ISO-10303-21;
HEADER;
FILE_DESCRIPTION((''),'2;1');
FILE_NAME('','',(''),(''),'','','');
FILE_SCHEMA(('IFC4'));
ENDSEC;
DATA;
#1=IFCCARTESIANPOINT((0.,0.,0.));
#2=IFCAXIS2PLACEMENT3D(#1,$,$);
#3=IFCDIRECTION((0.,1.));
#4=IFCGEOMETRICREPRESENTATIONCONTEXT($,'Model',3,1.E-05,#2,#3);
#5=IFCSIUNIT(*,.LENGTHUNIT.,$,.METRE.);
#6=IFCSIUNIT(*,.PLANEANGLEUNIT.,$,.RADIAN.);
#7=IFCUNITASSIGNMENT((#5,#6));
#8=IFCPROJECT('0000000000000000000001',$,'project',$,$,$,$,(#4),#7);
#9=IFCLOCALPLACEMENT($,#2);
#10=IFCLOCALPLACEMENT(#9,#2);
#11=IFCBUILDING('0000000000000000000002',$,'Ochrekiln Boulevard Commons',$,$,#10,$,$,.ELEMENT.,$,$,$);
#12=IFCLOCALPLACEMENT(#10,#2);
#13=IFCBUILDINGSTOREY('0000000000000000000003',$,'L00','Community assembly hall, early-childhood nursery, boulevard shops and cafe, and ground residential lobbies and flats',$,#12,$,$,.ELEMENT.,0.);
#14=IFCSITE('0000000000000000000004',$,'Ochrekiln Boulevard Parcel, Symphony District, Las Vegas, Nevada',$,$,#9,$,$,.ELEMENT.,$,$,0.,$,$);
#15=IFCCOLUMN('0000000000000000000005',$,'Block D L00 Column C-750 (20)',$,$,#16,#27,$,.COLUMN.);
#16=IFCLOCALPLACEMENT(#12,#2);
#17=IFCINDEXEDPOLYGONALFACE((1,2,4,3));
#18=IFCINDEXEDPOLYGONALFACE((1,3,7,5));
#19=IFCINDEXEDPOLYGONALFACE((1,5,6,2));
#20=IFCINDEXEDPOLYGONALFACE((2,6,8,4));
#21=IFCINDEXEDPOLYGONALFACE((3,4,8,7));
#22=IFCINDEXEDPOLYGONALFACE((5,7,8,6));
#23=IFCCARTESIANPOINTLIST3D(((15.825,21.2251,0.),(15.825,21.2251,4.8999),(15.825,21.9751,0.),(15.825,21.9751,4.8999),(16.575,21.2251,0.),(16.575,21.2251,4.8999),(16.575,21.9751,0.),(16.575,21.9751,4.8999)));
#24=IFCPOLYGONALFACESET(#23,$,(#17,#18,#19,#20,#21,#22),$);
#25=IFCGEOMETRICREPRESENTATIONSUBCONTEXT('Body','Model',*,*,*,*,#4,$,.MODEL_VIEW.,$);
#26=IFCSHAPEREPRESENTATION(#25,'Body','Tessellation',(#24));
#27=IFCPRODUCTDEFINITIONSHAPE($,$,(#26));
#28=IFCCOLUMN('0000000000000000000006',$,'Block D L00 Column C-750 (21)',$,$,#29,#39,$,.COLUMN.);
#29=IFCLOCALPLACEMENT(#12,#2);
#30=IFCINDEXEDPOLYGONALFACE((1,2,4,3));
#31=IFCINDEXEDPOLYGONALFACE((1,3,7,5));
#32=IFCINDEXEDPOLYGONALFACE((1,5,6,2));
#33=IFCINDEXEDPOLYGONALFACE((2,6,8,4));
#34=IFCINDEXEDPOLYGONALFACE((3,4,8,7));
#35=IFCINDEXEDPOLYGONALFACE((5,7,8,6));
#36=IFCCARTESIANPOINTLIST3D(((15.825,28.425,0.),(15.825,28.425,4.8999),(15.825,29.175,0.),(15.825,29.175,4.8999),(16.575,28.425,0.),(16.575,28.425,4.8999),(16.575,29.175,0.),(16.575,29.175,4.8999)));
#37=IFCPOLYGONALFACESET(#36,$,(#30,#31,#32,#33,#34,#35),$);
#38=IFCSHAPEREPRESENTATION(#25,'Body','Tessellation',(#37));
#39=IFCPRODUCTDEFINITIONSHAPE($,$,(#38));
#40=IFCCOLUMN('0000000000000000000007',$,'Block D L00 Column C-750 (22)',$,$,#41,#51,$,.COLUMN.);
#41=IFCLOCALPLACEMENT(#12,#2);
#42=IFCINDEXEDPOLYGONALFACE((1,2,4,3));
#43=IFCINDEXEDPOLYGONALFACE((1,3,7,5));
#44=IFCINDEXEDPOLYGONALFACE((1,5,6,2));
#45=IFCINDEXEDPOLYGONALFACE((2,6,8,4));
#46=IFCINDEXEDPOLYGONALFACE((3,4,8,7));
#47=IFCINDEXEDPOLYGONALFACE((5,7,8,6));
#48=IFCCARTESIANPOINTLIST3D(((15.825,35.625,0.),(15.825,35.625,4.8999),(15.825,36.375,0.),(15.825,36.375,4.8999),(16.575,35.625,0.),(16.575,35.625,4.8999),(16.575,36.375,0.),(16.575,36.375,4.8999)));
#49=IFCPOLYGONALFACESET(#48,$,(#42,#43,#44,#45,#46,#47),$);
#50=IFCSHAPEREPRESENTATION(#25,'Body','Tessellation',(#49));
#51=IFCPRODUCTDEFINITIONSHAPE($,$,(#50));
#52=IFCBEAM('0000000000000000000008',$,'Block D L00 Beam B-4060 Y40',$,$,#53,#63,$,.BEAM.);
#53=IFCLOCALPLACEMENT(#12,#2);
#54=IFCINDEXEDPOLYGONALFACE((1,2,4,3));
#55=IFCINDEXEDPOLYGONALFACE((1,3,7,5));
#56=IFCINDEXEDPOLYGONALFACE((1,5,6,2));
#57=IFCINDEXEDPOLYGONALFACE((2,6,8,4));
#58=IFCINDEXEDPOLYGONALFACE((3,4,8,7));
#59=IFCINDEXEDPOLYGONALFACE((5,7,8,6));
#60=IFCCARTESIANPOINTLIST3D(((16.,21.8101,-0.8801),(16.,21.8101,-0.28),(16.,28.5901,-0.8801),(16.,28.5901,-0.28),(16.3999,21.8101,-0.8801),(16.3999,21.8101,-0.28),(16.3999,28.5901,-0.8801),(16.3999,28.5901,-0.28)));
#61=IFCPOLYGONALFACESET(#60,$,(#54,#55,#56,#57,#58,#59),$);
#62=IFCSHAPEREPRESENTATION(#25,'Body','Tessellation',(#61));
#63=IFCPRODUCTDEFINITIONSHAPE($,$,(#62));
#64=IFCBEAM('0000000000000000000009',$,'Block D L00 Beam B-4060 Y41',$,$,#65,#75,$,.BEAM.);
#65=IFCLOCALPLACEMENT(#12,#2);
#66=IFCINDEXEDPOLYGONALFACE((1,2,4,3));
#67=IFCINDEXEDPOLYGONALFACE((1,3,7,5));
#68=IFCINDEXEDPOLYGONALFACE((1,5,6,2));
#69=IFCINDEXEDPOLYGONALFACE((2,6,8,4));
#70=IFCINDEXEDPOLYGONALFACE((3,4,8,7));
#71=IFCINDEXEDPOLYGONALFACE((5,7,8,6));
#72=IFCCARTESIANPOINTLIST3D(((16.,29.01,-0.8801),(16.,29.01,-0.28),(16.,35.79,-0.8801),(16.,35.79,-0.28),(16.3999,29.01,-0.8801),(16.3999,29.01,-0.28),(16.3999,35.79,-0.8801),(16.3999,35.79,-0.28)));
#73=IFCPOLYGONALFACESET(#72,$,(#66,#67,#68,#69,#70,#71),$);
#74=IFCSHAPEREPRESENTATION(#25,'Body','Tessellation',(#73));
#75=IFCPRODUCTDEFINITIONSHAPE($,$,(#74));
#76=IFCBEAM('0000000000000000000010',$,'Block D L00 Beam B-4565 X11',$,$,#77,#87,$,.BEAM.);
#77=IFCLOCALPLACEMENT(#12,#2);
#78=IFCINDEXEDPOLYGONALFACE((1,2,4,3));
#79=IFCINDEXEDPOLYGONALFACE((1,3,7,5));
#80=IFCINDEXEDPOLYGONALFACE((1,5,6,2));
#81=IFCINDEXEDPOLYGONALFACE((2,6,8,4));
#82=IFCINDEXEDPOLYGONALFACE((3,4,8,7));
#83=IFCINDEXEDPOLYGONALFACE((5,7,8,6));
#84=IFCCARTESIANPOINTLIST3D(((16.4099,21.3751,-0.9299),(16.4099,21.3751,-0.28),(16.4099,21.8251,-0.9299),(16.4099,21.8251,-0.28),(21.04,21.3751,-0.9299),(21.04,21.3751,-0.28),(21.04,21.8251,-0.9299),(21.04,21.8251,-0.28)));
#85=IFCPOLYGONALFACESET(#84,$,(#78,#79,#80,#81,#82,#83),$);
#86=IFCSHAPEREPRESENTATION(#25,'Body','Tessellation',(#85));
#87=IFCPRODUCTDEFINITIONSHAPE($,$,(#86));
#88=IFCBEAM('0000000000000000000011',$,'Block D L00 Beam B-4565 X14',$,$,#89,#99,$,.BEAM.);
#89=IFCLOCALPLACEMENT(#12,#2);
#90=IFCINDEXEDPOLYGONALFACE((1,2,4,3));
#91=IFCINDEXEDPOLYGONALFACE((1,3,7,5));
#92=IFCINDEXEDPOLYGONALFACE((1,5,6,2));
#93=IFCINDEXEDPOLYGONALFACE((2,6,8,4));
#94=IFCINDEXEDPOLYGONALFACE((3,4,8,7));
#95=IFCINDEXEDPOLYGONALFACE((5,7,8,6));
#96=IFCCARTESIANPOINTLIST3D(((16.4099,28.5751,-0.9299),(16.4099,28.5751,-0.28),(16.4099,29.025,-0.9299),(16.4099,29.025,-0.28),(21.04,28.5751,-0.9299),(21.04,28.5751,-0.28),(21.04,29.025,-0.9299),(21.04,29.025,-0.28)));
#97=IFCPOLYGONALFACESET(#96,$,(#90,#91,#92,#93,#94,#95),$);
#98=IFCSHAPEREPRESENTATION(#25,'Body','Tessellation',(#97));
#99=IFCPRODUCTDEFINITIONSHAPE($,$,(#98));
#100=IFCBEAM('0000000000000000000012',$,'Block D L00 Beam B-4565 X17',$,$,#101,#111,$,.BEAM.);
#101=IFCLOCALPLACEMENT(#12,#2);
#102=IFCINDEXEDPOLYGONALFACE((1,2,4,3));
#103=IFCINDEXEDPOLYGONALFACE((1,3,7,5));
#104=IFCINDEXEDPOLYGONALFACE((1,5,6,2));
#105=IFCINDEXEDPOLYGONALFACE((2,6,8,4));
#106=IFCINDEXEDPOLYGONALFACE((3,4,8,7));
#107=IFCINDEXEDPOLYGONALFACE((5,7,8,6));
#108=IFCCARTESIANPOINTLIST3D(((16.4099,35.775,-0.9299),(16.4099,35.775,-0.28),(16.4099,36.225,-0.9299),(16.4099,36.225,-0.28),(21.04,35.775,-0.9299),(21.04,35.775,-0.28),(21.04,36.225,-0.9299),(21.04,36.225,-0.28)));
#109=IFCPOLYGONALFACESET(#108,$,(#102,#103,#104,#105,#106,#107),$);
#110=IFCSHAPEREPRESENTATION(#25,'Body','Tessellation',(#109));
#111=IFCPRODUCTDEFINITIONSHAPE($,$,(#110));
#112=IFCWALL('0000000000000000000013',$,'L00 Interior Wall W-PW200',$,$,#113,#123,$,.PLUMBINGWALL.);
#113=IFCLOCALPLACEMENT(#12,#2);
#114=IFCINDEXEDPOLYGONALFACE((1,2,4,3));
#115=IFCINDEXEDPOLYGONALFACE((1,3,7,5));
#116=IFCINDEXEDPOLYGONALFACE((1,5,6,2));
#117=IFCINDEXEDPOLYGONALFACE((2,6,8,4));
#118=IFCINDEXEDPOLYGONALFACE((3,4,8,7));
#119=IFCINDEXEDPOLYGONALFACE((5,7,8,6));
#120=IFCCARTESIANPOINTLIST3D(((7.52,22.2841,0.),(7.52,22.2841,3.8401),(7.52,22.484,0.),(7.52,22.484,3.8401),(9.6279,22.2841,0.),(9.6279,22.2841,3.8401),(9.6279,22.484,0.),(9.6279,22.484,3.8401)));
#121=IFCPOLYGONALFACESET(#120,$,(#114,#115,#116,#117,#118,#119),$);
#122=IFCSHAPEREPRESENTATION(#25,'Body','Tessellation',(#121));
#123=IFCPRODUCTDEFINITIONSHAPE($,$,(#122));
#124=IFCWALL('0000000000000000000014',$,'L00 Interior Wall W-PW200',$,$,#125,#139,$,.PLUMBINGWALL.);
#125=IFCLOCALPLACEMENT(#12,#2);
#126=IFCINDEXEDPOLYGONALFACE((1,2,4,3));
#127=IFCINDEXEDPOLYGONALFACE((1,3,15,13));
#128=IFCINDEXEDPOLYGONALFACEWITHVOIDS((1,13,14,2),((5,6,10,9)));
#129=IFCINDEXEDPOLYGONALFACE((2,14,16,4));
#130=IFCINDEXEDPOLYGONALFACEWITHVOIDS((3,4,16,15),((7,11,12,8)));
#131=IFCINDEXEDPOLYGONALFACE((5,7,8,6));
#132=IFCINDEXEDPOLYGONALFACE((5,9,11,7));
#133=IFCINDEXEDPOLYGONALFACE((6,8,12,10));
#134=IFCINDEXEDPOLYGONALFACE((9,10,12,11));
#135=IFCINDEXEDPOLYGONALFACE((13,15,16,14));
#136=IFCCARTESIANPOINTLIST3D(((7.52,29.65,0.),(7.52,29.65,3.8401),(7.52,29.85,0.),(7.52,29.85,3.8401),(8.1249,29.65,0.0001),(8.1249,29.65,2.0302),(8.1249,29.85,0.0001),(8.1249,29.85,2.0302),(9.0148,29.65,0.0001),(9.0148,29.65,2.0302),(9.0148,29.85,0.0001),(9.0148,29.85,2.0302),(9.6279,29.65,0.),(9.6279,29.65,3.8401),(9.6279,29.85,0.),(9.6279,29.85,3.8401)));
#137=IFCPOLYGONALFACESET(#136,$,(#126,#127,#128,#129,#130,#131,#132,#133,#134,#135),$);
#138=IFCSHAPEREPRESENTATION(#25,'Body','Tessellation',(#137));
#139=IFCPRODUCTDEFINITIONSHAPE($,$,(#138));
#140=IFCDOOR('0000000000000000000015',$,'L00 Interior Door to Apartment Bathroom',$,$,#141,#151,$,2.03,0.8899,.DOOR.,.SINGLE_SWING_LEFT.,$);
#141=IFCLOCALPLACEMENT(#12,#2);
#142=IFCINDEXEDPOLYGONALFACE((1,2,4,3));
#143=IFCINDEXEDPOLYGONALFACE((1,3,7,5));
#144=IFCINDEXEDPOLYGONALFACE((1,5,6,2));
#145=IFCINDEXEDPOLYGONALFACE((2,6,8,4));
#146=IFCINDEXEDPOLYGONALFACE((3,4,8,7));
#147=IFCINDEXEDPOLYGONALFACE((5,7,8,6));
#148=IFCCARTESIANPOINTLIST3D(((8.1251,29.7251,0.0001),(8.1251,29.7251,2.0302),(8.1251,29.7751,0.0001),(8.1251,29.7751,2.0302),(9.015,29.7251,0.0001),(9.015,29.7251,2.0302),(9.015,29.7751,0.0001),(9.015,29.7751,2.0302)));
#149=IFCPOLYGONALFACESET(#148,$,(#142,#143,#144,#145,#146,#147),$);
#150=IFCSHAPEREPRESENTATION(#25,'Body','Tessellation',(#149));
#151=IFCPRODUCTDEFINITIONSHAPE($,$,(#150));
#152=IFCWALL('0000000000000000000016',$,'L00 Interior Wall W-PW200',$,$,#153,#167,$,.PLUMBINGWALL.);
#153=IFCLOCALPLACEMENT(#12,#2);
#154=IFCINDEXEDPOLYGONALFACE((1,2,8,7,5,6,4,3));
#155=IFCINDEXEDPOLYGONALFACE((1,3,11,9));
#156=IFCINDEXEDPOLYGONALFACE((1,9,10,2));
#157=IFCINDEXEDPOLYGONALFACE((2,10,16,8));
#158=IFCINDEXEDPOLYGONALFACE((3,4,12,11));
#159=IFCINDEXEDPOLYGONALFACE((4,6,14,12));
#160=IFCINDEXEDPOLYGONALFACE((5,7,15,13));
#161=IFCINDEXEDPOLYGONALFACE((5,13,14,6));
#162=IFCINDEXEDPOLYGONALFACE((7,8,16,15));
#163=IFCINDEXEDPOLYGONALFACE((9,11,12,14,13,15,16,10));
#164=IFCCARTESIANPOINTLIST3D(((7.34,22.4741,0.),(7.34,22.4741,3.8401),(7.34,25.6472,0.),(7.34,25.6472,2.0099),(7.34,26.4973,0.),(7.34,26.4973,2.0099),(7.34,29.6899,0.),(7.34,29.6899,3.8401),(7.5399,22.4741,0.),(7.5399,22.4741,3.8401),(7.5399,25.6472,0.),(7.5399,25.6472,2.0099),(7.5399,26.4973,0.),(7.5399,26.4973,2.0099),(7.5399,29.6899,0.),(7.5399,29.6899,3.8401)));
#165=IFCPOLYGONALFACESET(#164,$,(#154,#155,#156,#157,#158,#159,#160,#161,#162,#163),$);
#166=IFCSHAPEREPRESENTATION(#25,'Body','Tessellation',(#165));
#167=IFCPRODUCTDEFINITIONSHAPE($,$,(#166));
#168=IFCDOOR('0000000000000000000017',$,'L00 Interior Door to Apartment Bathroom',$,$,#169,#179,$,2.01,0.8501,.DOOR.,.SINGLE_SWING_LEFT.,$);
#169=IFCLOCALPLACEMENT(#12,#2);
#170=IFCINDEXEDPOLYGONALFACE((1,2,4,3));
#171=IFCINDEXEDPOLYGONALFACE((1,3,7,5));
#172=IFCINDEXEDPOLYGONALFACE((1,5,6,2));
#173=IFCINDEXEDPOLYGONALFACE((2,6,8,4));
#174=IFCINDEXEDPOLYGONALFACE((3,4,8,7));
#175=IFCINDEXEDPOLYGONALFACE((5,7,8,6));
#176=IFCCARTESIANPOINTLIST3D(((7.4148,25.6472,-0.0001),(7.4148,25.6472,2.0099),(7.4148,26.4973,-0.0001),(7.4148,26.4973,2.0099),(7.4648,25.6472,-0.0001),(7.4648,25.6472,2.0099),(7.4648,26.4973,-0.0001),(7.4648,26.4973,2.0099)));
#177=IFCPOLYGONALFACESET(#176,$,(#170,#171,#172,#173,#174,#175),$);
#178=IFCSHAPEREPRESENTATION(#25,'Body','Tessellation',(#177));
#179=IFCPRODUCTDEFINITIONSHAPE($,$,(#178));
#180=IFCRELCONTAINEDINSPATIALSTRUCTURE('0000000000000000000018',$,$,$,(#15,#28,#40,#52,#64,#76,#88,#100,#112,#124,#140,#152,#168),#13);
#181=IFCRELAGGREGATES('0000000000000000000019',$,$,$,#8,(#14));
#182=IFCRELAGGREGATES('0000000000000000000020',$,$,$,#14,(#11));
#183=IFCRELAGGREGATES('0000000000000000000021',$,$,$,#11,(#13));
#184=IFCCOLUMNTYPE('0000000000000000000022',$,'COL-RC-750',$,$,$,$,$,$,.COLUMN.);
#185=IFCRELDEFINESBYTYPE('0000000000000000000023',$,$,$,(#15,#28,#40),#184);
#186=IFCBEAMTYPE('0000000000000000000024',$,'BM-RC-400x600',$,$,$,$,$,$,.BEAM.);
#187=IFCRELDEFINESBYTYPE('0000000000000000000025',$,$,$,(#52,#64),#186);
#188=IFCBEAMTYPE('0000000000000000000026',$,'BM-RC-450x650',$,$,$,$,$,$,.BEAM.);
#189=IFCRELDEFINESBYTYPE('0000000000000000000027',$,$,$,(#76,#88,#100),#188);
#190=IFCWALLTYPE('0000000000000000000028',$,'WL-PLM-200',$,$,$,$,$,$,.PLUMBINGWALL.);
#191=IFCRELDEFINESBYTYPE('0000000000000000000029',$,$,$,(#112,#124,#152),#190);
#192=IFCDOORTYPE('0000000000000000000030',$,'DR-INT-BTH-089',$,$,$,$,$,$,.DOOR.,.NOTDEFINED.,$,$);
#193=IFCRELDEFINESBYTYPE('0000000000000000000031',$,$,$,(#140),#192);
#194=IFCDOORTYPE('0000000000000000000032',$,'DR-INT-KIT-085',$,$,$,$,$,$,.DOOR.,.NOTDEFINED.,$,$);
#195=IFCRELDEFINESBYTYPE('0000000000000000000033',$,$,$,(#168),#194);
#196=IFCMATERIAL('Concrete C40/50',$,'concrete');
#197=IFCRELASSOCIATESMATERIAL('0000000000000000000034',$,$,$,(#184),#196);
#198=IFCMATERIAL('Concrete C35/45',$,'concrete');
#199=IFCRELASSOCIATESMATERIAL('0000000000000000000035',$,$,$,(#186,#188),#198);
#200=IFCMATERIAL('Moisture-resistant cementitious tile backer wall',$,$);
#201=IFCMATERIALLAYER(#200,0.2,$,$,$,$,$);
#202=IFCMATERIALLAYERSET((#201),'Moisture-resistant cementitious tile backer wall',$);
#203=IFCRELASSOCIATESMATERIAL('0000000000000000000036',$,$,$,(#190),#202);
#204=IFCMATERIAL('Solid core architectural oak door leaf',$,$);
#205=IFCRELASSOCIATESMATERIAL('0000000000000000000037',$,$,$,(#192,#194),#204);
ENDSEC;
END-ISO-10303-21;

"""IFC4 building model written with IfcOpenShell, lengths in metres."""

from ifc_helpers import new_model, si_unit, direction, frame, frame_2d, origin, origin_2d, place, context, subcontext, project, spatial, rectangle, extrude, material, layer, layer_set, material_profile, profile_set, type_object, element, fill, save


model = new_model("IFC4")

# Units and contexts
model_context = context("Model", 3, precision=1e-05, world=origin(), true_north=direction((0.0, 1.0)))
body_context = subcontext(model_context, "Body", "Model", "MODEL_VIEW")
ifc_project = project(units=[si_unit("LENGTHUNIT", "METRE"), si_unit("PLANEANGLEUNIT", "RADIAN")], contexts=[model_context])

# Site, building, storey
site_placement = place(None, origin())
site = spatial("IfcSite", under=ifc_project, at=site_placement, Name="Ochrekiln Boulevard Parcel, Symphony District, Las Vegas, Nevada", CompositionType="ELEMENT", RefElevation=0.0)
building_placement = place(site_placement, origin())
building = spatial("IfcBuilding", under=site, at=building_placement, Name="Ochrekiln Boulevard Commons", CompositionType="ELEMENT")
storey_placement = place(building_placement, origin())
storey = spatial("IfcBuildingStorey", under=building, at=storey_placement, Name="L00", Description="Community assembly hall, early-childhood nursery, boulevard shops and cafe, and ground residential lobbies and flats", CompositionType="ELEMENT", Elevation=0.0)

# Columns
ifc_material_1 = material(Name="Concrete C40/50", Category="concrete")
ifc_material_profile_1 = material_profile(ifc_material_1, rectangle(XDim=0.75, YDim=0.75, at=origin_2d()), Name="RC-COL-750x750")
ifc_profile_set_1 = profile_set([ifc_material_profile_1], Name="Concrete C40/50")
column_type = type_object("IfcColumnType", Name="COL-RC-750", PredefinedType="COLUMN", material=ifc_profile_set_1)
for number, where, z_axis, x_axis, name in (
    (1, (16.2, 21.6001, 0.0), (0.0, 0.0, 1.0), (1.0, 0.0, 0.0), "Block D L00 Column C-750 (20)"),
    (2, (16.2, 28.8, 0.0), (0.0, 0.0, 1.0), (1.0, 0.0, 0.0), "Block D L00 Column C-750 (21)"),
    (3, (16.2, 36.0, 0.0), (0.0, 0.0, 1.0), (1.0, 0.0, 0.0), "Block D L00 Column C-750 (22)"),
):
    element("IfcColumn", number, at=place(storey_placement, frame(where, z_axis=z_axis, x_axis=x_axis)), inside=storey, type_object=column_type, Name=name, PredefinedType="COLUMN", context=body_context, shape_type="SweptSolid", body=[
        extrude(rectangle(XDim=0.75, YDim=0.75, at=origin_2d()), origin(), (0.0, 0.0, 1.0), 4.8999),
    ])

# Beams
ifc_material_2 = material(Name="Concrete C35/45", Category="concrete")
ifc_material_profile_2 = material_profile(ifc_material_2, rectangle(XDim=0.3999, YDim=0.6001, at=origin_2d()), Name="RC-BM-400x600")
ifc_profile_set_2 = profile_set([ifc_material_profile_2], Name="Concrete C35/45")
beam_type_1 = type_object("IfcBeamType", Name="BM-RC-400x600", PredefinedType="BEAM", material=ifc_profile_set_2)
for number, where, z_axis, x_axis, name in (
    (4, (16.2, 21.8101, -0.5801), (0.0, 1.0, 0.0), (-1.0, 0.0, 0.0), "Block D L00 Beam B-4060 Y40"),
    (5, (16.2, 29.01, -0.5801), (0.0, 1.0, 0.0), (-1.0, 0.0, 0.0), "Block D L00 Beam B-4060 Y41"),
):
    element("IfcBeam", number, at=place(storey_placement, frame(where, z_axis=z_axis, x_axis=x_axis)), inside=storey, type_object=beam_type_1, Name=name, PredefinedType="BEAM", context=body_context, shape_type="SweptSolid", body=[
        extrude(rectangle(XDim=0.3999, YDim=0.6001, at=origin_2d()), origin(), (0.0, 0.0, 1.0), 6.78),
    ])
ifc_material_profile_3 = material_profile(ifc_material_2, rectangle(XDim=0.45, YDim=0.6499, at=origin_2d()), Name="RC-BM-450x650")
ifc_profile_set_3 = profile_set([ifc_material_profile_3], Name="Concrete C35/45")
beam_type_2 = type_object("IfcBeamType", Name="BM-RC-450x650", PredefinedType="BEAM", material=ifc_profile_set_3)
for number, where, z_axis, x_axis, name in (
    (6, (16.4099, 21.6001, -0.605), (1.0, 0.0, 0.0), (0.0, 1.0, 0.0), "Block D L00 Beam B-4565 X11"),
    (7, (16.4099, 28.8, -0.605), (1.0, 0.0, 0.0), (0.0, 1.0, 0.0), "Block D L00 Beam B-4565 X14"),
    (8, (16.4099, 36.0, -0.605), (1.0, 0.0, 0.0), (0.0, 1.0, 0.0), "Block D L00 Beam B-4565 X17"),
):
    element("IfcBeam", number, at=place(storey_placement, frame(where, z_axis=z_axis, x_axis=x_axis)), inside=storey, type_object=beam_type_2, Name=name, PredefinedType="BEAM", context=body_context, shape_type="SweptSolid", body=[
        extrude(rectangle(XDim=0.45, YDim=0.6499, at=origin_2d()), origin(), (0.0, 0.0, 1.0), 4.6301),
    ])

# Wall
ifc_material_3 = material(Name="Moisture-resistant cementitious tile backer wall")
ifc_layer_1 = layer(ifc_material_3, 0.2)
ifc_layer_set_1 = layer_set([ifc_layer_1], Name="Moisture-resistant cementitious tile backer wall")
wall_type_1 = type_object("IfcWallType", Name="WL-PLM-200", PredefinedType="PLUMBINGWALL", material=ifc_layer_set_1)
wall_1_placement = place(storey_placement, frame((7.52, 22.384, 0.0), z_axis=(0.0, 0.0, 1.0), x_axis=(1.0, 0.0, 0.0)))
element("IfcWall", 9, at=wall_1_placement, inside=storey, type_object=wall_type_1, Name="L00 Interior Wall W-PW200", PredefinedType="PLUMBINGWALL", context=body_context, shape_type="SweptSolid", body=[
    extrude(rectangle(XDim=2.1079, YDim=0.2, at=frame_2d((1.054, 0.0))), origin(), (0.0, 0.0, 1.0), 3.8401),
])

# Walls, openings, doors
wall_2_placement = place(storey_placement, frame((7.52, 29.75, 0.0), z_axis=(0.0, 0.0, 1.0), x_axis=(1.0, 0.0, 0.0)))
wall_2 = element("IfcWall", 10, at=wall_2_placement, inside=storey, type_object=wall_type_1, Name="L00 Interior Wall W-PW200", PredefinedType="PLUMBINGWALL", context=body_context, shape_type="SweptSolid", body=[
    extrude(rectangle(XDim=2.1079, YDim=0.2, at=frame_2d((1.054, 0.0))), origin(), (0.0, 0.0, 1.0), 3.8401),
])
opening_1_placement = place(wall_2_placement, frame((0.605, 0.0, 0.0)))
opening_1 = element("IfcOpeningElement", 11, at=opening_1_placement, cuts=wall_2, PredefinedType="OPENING", context=body_context, shape_type="SweptSolid", body=[
    extrude(rectangle(XDim=0.8899, YDim=2.03, at=frame_2d((0.4448, 1.0151))), frame((0.0, 0.1099, 0.0), z_axis=(0.0, -1.0, 0.0), x_axis=(1.0, 0.0, 0.0)), (0.0, 0.0, 1.0), 0.22),
])
ifc_material_4 = material(Name="Solid core architectural oak door leaf")
door_type_1 = type_object("IfcDoorType", Name="DR-INT-BTH-089", OperationType="NOTDEFINED", PredefinedType="DOOR", material=ifc_material_4)
door_1_placement = place(opening_1_placement, frame((0.8899, 0.0, 0.0), z_axis=(0.0, 0.0, 1.0), x_axis=(-1.0, 0.0, 0.0)))
door_1 = element("IfcDoor", 12, at=door_1_placement, inside=storey, type_object=door_type_1, Name="L00 Interior Door to Apartment Bathroom", OperationType="SINGLE_SWING_LEFT", OverallHeight=2.03, OverallWidth=0.8899, PredefinedType="DOOR", context=body_context, shape_type="SweptSolid", body=[
    extrude(rectangle(XDim=0.8899, YDim=2.03, at=frame_2d((0.4448, 1.0151))), frame((0.0, 0.0249, 0.0), z_axis=(0.0, -1.0, 0.0), x_axis=(1.0, 0.0, 0.0)), (0.0, 0.0, 1.0), 0.05),
])
fill(opening_1, door_1)
wall_3_placement = place(storey_placement, frame((7.4399, 22.4741, 0.0), z_axis=(0.0, 0.0, 1.0), x_axis=(0.0, 1.0, 0.0)))
wall_3 = element("IfcWall", 13, at=wall_3_placement, inside=storey, type_object=wall_type_1, Name="L00 Interior Wall W-PW200", PredefinedType="PLUMBINGWALL", context=body_context, shape_type="SweptSolid", body=[
    extrude(rectangle(XDim=7.2158, YDim=0.2, at=frame_2d((3.6079, 0.0))), origin(), (0.0, 0.0, 1.0), 3.8401),
])
opening_2_placement = place(wall_3_placement, frame((3.1731, 0.0, 0.0)))
opening_2 = element("IfcOpeningElement", 14, at=opening_2_placement, cuts=wall_3, PredefinedType="OPENING", context=body_context, shape_type="SweptSolid", body=[
    extrude(rectangle(XDim=0.8501, YDim=2.01, at=frame_2d((0.425, 1.0049))), frame((0.0, 0.1099, 0.0), z_axis=(0.0, -1.0, 0.0), x_axis=(1.0, 0.0, 0.0)), (0.0, 0.0, 1.0), 0.22),
])
door_type_2 = type_object("IfcDoorType", Name="DR-INT-KIT-085", OperationType="NOTDEFINED", PredefinedType="DOOR", material=ifc_material_4)
door_2_placement = place(opening_2_placement, frame((0.8501, 0.0, 0.0), z_axis=(0.0, 0.0, 1.0), x_axis=(-1.0, 0.0, 0.0)))
door_2 = element("IfcDoor", 15, at=door_2_placement, inside=storey, type_object=door_type_2, Name="L00 Interior Door to Apartment Bathroom", OperationType="SINGLE_SWING_LEFT", OverallHeight=2.01, OverallWidth=0.8501, PredefinedType="DOOR", context=body_context, shape_type="SweptSolid", body=[
    extrude(rectangle(XDim=0.8501, YDim=2.01, at=frame_2d((0.425, 1.0049))), frame((0.0, 0.0249, 0.0), z_axis=(0.0, -1.0, 0.0), x_axis=(1.0, 0.0, 0.0)), (0.0, 0.0, 1.0), 0.05),
])
fill(opening_2, door_2)

save(model, "model.ifc")
